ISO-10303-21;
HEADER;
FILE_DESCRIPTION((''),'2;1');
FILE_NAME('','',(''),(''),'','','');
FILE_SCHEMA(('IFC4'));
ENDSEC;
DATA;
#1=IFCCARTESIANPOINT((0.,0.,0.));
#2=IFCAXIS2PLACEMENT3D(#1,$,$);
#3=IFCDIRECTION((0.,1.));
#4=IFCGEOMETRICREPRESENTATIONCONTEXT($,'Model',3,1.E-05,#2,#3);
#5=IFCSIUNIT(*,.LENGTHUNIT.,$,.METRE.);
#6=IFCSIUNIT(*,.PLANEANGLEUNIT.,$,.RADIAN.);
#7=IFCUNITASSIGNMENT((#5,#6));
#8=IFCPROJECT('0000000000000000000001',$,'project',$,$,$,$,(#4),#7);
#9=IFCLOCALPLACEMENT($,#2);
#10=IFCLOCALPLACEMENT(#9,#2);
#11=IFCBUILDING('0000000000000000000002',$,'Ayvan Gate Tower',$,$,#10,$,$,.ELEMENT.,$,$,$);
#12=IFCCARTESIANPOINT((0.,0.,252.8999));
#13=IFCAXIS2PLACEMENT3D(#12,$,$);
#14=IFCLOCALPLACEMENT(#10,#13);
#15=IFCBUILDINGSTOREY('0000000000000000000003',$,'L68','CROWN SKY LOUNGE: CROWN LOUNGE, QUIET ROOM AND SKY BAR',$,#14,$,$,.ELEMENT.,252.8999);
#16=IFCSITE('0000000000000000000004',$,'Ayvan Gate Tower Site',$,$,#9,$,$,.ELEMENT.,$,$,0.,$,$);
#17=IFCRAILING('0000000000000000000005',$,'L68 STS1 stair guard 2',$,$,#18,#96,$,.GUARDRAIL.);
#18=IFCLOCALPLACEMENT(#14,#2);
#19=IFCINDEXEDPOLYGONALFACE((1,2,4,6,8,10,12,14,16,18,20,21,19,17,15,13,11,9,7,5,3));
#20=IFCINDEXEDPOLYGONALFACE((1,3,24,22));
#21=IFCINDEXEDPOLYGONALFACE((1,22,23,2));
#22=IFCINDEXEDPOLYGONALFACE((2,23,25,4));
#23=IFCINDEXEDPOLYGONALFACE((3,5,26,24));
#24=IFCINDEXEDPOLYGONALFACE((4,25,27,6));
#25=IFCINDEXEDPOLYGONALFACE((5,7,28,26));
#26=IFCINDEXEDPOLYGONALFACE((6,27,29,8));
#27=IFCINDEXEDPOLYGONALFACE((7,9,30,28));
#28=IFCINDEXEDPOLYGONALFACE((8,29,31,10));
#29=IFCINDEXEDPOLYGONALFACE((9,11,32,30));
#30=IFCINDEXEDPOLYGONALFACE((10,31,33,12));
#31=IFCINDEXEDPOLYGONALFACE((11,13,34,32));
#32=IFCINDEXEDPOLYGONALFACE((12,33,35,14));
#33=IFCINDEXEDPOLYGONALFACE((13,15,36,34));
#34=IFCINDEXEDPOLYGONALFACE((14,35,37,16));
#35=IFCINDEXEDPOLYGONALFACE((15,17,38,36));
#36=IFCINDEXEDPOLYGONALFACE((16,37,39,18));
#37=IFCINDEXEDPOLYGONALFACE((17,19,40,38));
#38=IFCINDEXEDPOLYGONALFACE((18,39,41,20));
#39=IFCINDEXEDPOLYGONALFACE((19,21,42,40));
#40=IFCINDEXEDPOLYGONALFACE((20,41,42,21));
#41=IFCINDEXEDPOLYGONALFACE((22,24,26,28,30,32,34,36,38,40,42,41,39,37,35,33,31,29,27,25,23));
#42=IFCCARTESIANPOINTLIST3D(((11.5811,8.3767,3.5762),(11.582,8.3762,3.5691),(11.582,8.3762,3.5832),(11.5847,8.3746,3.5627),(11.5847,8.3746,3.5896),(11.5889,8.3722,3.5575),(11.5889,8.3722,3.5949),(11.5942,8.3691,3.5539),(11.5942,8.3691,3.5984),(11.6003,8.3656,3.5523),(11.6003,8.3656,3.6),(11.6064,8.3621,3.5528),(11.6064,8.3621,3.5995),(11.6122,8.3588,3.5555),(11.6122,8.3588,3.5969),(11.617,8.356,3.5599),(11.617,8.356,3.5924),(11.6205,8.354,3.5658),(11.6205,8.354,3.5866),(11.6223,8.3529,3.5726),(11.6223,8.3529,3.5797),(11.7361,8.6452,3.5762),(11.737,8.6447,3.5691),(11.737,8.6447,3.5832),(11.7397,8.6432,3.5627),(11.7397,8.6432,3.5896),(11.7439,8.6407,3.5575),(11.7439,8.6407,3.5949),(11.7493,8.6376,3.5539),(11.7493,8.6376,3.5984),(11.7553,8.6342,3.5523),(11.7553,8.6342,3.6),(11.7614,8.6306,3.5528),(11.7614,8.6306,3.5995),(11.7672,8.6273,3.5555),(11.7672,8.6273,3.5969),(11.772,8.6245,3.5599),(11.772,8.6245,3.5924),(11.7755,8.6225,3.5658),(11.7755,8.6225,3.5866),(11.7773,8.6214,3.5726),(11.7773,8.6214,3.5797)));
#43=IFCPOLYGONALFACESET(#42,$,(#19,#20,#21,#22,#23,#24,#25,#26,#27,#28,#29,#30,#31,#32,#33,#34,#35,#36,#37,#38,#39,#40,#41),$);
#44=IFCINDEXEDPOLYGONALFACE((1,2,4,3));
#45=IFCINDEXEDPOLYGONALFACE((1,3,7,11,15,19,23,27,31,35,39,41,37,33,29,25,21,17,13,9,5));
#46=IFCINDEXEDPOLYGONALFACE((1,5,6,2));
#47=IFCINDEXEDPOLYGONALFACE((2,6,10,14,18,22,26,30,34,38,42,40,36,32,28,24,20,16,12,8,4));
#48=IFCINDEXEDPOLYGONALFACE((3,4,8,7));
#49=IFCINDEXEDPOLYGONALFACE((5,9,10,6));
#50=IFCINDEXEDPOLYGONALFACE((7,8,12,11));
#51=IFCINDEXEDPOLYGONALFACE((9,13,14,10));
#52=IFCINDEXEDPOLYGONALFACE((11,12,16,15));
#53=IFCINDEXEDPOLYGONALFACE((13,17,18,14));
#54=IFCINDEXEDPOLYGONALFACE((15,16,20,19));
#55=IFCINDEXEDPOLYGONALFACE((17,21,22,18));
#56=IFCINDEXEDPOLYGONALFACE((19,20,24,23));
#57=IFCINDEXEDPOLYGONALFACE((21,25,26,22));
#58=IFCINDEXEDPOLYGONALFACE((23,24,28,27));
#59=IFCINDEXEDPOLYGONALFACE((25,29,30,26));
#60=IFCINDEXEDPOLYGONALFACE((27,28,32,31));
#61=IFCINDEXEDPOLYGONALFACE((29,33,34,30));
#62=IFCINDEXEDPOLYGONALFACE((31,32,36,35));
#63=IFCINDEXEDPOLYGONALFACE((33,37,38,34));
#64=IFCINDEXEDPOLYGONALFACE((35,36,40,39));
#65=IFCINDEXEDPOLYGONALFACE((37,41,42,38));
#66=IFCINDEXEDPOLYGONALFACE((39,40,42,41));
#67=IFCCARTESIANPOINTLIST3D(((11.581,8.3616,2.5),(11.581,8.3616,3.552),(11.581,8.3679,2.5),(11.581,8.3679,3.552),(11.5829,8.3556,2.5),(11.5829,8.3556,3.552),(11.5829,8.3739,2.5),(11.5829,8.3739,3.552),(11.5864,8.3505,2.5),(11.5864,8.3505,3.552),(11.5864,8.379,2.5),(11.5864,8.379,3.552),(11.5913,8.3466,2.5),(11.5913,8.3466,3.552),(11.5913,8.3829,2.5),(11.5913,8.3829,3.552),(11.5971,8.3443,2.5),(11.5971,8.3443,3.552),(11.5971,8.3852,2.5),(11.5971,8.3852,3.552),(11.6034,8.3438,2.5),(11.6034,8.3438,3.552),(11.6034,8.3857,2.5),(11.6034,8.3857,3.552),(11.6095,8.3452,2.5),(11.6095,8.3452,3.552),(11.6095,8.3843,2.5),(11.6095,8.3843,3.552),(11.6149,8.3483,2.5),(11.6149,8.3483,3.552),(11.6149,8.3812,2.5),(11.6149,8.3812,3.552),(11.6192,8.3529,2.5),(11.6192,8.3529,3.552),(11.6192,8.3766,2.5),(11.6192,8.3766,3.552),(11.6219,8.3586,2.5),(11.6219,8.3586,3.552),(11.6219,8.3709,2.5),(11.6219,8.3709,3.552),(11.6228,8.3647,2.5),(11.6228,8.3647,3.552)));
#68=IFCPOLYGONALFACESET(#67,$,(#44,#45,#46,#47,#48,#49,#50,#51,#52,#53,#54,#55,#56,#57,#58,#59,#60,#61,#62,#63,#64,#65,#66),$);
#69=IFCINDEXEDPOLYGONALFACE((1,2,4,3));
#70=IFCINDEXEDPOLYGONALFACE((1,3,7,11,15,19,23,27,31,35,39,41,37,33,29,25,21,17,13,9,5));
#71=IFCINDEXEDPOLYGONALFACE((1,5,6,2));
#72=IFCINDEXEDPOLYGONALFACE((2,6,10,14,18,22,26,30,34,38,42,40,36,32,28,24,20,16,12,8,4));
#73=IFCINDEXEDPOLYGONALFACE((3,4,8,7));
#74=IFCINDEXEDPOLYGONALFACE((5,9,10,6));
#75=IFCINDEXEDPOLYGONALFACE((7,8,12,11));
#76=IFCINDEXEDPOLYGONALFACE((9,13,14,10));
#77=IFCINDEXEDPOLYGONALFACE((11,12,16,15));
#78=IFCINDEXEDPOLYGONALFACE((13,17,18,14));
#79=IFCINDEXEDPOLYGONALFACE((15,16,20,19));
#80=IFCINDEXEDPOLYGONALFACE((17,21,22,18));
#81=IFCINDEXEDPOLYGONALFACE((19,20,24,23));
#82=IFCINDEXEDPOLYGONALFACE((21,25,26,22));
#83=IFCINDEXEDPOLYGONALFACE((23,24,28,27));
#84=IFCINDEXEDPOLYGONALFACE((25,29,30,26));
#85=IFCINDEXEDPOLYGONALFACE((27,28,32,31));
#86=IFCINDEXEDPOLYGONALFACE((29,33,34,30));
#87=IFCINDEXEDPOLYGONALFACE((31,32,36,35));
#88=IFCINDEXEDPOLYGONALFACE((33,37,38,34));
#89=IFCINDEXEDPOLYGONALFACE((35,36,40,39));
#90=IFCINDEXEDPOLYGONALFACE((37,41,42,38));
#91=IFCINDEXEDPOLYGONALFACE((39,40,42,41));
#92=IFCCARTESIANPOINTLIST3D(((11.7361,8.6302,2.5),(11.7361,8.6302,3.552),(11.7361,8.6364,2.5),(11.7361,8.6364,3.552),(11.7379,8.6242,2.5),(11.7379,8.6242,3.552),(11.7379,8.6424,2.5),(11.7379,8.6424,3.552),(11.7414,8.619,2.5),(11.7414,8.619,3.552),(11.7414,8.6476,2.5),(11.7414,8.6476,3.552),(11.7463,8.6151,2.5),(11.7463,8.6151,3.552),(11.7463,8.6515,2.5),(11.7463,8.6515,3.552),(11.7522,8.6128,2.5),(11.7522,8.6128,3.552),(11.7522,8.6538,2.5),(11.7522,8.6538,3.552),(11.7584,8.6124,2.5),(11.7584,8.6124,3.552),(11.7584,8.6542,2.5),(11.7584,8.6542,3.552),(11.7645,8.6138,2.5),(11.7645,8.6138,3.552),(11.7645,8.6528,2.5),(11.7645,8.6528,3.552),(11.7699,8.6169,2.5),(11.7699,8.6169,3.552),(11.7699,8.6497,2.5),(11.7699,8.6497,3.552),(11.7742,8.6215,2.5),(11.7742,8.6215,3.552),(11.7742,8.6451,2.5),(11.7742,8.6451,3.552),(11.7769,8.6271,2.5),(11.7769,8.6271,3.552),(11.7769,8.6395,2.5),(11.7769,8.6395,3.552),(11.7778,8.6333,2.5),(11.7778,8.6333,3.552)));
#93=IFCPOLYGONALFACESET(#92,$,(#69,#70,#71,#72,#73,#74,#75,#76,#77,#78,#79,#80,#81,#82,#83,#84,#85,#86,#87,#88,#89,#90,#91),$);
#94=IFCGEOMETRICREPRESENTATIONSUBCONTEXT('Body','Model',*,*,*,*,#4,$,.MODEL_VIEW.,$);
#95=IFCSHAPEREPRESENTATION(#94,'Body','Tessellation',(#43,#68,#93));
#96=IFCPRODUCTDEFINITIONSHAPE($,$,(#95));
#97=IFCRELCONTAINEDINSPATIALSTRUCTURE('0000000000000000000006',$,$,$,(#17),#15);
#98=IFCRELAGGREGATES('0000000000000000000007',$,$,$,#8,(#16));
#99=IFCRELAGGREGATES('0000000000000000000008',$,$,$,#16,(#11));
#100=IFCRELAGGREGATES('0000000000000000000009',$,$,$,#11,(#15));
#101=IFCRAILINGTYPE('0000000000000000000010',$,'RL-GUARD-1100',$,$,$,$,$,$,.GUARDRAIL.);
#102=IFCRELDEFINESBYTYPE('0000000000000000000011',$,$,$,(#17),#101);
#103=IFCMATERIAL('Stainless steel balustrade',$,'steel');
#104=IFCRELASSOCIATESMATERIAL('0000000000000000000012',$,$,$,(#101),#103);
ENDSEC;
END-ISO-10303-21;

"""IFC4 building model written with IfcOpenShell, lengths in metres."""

from ifc_helpers import new_model, si_unit, direction, frame, origin, origin_2d, place, context, subcontext, project, spatial, circle, extrude, material, type_object, element, save


model = new_model("IFC4")

# Units and contexts
model_context = context("Model", 3, precision=1e-05, world=origin(), true_north=direction((0.0, 1.0)))
body_context = subcontext(model_context, "Body", "Model", "MODEL_VIEW")
ifc_project = project(units=[si_unit("LENGTHUNIT", "METRE"), si_unit("PLANEANGLEUNIT", "RADIAN")], contexts=[model_context])

# Site, building, storey
site_placement = place(None, origin())
site = spatial("IfcSite", under=ifc_project, at=site_placement, Name="Ayvan Gate Tower Site", CompositionType="ELEMENT", RefElevation=0.0)
building_placement = place(site_placement, origin())
building = spatial("IfcBuilding", under=site, at=building_placement, Name="Ayvan Gate Tower", CompositionType="ELEMENT")
storey_placement = place(building_placement, frame((0.0, 0.0, 252.8999)))
storey = spatial("IfcBuildingStorey", under=building, at=storey_placement, Name="L68", Description="CROWN SKY LOUNGE: CROWN LOUNGE, QUIET ROOM AND SKY BAR", CompositionType="ELEMENT", Elevation=252.8999)

# Railing
ifc_material_1 = material(Name="Stainless steel balustrade", Category="steel")
railing_type_1 = type_object("IfcRailingType", Name="RL-GUARD-1100", PredefinedType="GUARDRAIL", material=ifc_material_1)
railing_1_placement = place(storey_placement, frame((11.6018, 8.3647, 2.5)))
element("IfcRailing", 1, at=railing_1_placement, inside=storey, type_object=railing_type_1, Name="L68 STS1 stair guard 2", PredefinedType="GUARDRAIL", context=body_context, shape_type="SweptSolid", body=[
    extrude(circle(Radius=0.0239, at=origin_2d()), frame((0.0, 0.0, 1.0762), z_axis=(0.49995, 0.866054, 0.0), x_axis=(-0.866054, 0.49995, 0.0)), (0.0, 0.0, 1.0), 0.3101),
    extrude(circle(Radius=0.021, at=origin_2d()), origin(), (0.0, 0.0, 1.0), 1.052),
    extrude(circle(Radius=0.021, at=origin_2d()), frame((0.155, 0.2686, 0.0)), (0.0, 0.0, 1.0), 1.052),
])

save(model, "model.ifc")
